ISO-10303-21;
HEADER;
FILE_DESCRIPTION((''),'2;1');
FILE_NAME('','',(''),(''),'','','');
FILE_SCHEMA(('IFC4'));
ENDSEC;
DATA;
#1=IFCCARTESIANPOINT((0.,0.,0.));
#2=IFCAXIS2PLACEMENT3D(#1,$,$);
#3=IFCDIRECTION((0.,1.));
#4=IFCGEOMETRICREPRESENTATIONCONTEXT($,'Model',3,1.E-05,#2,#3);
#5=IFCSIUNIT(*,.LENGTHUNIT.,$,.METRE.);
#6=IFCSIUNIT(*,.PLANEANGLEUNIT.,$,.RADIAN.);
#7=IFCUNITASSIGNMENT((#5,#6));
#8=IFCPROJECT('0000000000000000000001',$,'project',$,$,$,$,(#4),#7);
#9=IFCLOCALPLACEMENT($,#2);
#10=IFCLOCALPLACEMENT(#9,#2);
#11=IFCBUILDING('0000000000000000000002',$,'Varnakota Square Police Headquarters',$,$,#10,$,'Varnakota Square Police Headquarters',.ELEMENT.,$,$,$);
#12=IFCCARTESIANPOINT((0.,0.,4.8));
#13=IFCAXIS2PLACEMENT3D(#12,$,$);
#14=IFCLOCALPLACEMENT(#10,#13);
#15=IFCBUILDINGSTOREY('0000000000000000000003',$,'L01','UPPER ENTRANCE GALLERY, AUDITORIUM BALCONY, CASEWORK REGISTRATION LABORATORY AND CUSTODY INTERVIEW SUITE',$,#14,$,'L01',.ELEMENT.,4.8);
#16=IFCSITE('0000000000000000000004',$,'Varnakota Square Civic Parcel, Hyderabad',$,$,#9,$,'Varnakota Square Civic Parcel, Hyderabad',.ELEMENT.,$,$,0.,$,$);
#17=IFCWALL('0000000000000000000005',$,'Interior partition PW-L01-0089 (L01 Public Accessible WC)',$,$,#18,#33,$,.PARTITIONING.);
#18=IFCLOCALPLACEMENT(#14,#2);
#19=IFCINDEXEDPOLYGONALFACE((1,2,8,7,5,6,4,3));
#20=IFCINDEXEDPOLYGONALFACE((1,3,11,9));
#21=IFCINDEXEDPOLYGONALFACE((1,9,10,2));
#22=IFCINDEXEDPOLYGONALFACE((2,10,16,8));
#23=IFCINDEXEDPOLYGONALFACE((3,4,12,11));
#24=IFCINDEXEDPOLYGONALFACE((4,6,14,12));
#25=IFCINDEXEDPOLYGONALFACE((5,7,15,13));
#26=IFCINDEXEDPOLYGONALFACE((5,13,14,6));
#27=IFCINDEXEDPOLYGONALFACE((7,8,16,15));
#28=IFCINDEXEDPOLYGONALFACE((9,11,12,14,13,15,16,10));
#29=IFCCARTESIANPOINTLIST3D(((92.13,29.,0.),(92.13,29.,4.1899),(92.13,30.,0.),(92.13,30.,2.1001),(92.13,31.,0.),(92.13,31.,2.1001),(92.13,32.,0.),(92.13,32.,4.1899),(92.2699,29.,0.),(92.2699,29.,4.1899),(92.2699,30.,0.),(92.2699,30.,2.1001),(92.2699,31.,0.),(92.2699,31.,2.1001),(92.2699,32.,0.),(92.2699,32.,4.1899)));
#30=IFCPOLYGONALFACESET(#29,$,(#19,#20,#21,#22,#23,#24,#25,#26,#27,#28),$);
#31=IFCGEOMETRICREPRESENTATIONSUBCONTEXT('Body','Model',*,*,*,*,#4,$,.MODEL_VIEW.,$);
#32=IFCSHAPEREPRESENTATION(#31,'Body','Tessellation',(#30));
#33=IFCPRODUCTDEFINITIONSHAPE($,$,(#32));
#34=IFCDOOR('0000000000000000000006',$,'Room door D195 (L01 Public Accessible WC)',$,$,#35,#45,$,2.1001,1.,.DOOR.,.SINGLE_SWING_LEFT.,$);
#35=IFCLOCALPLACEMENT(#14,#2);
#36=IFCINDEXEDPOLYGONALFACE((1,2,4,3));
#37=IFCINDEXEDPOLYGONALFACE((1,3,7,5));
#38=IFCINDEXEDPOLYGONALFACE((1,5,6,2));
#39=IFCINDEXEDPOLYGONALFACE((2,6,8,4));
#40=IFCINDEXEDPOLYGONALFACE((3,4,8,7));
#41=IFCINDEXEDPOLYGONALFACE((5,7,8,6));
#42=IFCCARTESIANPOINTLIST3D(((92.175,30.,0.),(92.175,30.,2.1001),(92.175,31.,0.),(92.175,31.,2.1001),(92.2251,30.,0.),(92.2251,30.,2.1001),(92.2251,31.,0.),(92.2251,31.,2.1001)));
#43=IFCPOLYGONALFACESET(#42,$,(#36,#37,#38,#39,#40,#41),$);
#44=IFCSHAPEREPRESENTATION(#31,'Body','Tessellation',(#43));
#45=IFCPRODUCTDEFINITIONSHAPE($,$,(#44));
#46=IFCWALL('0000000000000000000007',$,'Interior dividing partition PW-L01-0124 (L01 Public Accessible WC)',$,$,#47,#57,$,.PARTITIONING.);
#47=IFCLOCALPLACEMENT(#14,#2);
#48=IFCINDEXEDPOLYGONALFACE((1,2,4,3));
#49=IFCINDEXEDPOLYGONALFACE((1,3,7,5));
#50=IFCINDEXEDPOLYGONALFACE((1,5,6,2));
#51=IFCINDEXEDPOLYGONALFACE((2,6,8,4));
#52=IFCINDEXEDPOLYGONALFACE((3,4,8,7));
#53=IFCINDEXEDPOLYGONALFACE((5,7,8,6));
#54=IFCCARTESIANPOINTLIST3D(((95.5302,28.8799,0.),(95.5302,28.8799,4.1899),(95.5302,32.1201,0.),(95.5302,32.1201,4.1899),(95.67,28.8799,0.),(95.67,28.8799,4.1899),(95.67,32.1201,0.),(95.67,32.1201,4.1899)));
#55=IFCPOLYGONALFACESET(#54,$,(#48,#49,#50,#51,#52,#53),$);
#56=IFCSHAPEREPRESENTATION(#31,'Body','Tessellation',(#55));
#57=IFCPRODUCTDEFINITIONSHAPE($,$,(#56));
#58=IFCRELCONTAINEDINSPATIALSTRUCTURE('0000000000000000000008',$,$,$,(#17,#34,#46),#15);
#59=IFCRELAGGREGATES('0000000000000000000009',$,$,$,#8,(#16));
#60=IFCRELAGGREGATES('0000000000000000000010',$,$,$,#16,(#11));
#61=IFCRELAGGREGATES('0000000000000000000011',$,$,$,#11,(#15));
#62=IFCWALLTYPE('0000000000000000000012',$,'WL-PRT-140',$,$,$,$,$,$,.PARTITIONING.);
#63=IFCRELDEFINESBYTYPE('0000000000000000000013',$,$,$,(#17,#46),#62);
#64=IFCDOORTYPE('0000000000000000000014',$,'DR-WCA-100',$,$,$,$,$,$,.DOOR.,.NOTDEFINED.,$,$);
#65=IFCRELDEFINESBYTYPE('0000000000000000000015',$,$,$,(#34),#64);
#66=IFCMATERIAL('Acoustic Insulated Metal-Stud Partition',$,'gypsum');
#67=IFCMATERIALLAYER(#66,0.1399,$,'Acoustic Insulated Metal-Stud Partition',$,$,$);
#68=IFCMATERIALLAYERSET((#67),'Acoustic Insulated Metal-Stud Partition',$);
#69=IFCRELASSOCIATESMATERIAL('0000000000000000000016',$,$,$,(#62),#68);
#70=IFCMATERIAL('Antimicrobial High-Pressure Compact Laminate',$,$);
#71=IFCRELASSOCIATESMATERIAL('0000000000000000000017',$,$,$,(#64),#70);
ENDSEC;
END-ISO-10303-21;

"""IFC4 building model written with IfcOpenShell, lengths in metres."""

from ifc_helpers import new_model, si_unit, direction, frame, frame_2d, origin, place, context, subcontext, project, spatial, rectangle, extrude, material, layer, layer_set, type_object, element, fill, save


model = new_model("IFC4")

# Units and contexts
model_context = context("Model", 3, precision=1e-05, world=origin(), true_north=direction((0.0, 1.0)))
body_context = subcontext(model_context, "Body", "Model", "MODEL_VIEW")
ifc_project = project(units=[si_unit("LENGTHUNIT", "METRE"), si_unit("PLANEANGLEUNIT", "RADIAN")], contexts=[model_context])

# Site, building, storey
site_placement = place(None, origin())
site = spatial("IfcSite", under=ifc_project, at=site_placement, Name="Varnakota Square Civic Parcel, Hyderabad", LongName="Varnakota Square Civic Parcel, Hyderabad", CompositionType="ELEMENT", RefElevation=0.0)
building_placement = place(site_placement, origin())
building = spatial("IfcBuilding", under=site, at=building_placement, Name="Varnakota Square Police Headquarters", LongName="Varnakota Square Police Headquarters", CompositionType="ELEMENT")
storey_placement = place(building_placement, frame((0.0, 0.0, 4.8)))
storey = spatial("IfcBuildingStorey", under=building, at=storey_placement, Name="L01", Description="UPPER ENTRANCE GALLERY, AUDITORIUM BALCONY, CASEWORK REGISTRATION LABORATORY AND CUSTODY INTERVIEW SUITE", LongName="L01", CompositionType="ELEMENT", Elevation=4.8)

# Shared definitions
ifc_material_1 = material(Name="Acoustic Insulated Metal-Stud Partition", Category="gypsum")

# Wall, opening, door
ifc_layer_1 = layer(ifc_material_1, 0.1399, Name="Acoustic Insulated Metal-Stud Partition")
ifc_layer_set_1 = layer_set([ifc_layer_1], Name="Acoustic Insulated Metal-Stud Partition")
wall_type_1 = type_object("IfcWallType", Name="WL-PRT-140", PredefinedType="PARTITIONING", material=ifc_layer_set_1)
wall_1_placement = place(storey_placement, frame((92.2, 29.0, 0.0), z_axis=(0.0, 0.0, 1.0), x_axis=(0.0, 1.0, 0.0)))
wall_1 = element("IfcWall", 1, at=wall_1_placement, inside=storey, type_object=wall_type_1, Name="Interior partition PW-L01-0089 (L01 Public Accessible WC)", PredefinedType="PARTITIONING", context=body_context, shape_type="SweptSolid", body=[
    extrude(rectangle(XDim=3.0, YDim=0.1399, at=frame_2d((1.5, 0.0))), origin(), (0.0, 0.0, 1.0), 4.1899),
])
opening_placement = place(wall_1_placement, frame((1.0, 0.0, 0.0)))
opening = element("IfcOpeningElement", 2, at=opening_placement, cuts=wall_1, PredefinedType="OPENING", context=body_context, shape_type="SweptSolid", body=[
    extrude(rectangle(XDim=1.0, YDim=2.1001, at=frame_2d((0.5, 1.05))), frame((0.0, 0.0798, 0.0), z_axis=(0.0, -1.0, 0.0), x_axis=(1.0, 0.0, 0.0)), (0.0, 0.0, 1.0), 0.1599),
])
ifc_material_2 = material(Name="Antimicrobial High-Pressure Compact Laminate")
door_type = type_object("IfcDoorType", Name="DR-WCA-100", OperationType="NOTDEFINED", PredefinedType="DOOR", material=ifc_material_2)
door_placement = place(opening_placement, origin())
door = element("IfcDoor", 3, at=door_placement, inside=storey, type_object=door_type, Name="Room door D195 (L01 Public Accessible WC)", OperationType="SINGLE_SWING_LEFT", OverallHeight=2.1001, OverallWidth=1.0, PredefinedType="DOOR", context=body_context, shape_type="SweptSolid", body=[
    extrude(rectangle(XDim=1.0, YDim=2.1001, at=frame_2d((0.5, 1.05))), frame((0.0, 0.0249, 0.0), z_axis=(0.0, -1.0, 0.0), x_axis=(1.0, 0.0, 0.0)), (0.0, 0.0, 1.0), 0.05),
])
fill(opening, door)

# Wall
wall_2_placement = place(storey_placement, frame((95.6001, 32.1201, 0.0), z_axis=(0.0, 0.0, 1.0), x_axis=(0.0, -1.0, 0.0)))
element("IfcWall", 4, at=wall_2_placement, inside=storey, type_object=wall_type_1, Name="Interior dividing partition PW-L01-0124 (L01 Public Accessible WC)", PredefinedType="PARTITIONING", context=body_context, shape_type="SweptSolid", body=[
    extrude(rectangle(XDim=3.2402, YDim=0.1399, at=frame_2d((1.6201, 0.0))), origin(), (0.0, 0.0, 1.0), 4.1899),
])

save(model, "model.ifc")
